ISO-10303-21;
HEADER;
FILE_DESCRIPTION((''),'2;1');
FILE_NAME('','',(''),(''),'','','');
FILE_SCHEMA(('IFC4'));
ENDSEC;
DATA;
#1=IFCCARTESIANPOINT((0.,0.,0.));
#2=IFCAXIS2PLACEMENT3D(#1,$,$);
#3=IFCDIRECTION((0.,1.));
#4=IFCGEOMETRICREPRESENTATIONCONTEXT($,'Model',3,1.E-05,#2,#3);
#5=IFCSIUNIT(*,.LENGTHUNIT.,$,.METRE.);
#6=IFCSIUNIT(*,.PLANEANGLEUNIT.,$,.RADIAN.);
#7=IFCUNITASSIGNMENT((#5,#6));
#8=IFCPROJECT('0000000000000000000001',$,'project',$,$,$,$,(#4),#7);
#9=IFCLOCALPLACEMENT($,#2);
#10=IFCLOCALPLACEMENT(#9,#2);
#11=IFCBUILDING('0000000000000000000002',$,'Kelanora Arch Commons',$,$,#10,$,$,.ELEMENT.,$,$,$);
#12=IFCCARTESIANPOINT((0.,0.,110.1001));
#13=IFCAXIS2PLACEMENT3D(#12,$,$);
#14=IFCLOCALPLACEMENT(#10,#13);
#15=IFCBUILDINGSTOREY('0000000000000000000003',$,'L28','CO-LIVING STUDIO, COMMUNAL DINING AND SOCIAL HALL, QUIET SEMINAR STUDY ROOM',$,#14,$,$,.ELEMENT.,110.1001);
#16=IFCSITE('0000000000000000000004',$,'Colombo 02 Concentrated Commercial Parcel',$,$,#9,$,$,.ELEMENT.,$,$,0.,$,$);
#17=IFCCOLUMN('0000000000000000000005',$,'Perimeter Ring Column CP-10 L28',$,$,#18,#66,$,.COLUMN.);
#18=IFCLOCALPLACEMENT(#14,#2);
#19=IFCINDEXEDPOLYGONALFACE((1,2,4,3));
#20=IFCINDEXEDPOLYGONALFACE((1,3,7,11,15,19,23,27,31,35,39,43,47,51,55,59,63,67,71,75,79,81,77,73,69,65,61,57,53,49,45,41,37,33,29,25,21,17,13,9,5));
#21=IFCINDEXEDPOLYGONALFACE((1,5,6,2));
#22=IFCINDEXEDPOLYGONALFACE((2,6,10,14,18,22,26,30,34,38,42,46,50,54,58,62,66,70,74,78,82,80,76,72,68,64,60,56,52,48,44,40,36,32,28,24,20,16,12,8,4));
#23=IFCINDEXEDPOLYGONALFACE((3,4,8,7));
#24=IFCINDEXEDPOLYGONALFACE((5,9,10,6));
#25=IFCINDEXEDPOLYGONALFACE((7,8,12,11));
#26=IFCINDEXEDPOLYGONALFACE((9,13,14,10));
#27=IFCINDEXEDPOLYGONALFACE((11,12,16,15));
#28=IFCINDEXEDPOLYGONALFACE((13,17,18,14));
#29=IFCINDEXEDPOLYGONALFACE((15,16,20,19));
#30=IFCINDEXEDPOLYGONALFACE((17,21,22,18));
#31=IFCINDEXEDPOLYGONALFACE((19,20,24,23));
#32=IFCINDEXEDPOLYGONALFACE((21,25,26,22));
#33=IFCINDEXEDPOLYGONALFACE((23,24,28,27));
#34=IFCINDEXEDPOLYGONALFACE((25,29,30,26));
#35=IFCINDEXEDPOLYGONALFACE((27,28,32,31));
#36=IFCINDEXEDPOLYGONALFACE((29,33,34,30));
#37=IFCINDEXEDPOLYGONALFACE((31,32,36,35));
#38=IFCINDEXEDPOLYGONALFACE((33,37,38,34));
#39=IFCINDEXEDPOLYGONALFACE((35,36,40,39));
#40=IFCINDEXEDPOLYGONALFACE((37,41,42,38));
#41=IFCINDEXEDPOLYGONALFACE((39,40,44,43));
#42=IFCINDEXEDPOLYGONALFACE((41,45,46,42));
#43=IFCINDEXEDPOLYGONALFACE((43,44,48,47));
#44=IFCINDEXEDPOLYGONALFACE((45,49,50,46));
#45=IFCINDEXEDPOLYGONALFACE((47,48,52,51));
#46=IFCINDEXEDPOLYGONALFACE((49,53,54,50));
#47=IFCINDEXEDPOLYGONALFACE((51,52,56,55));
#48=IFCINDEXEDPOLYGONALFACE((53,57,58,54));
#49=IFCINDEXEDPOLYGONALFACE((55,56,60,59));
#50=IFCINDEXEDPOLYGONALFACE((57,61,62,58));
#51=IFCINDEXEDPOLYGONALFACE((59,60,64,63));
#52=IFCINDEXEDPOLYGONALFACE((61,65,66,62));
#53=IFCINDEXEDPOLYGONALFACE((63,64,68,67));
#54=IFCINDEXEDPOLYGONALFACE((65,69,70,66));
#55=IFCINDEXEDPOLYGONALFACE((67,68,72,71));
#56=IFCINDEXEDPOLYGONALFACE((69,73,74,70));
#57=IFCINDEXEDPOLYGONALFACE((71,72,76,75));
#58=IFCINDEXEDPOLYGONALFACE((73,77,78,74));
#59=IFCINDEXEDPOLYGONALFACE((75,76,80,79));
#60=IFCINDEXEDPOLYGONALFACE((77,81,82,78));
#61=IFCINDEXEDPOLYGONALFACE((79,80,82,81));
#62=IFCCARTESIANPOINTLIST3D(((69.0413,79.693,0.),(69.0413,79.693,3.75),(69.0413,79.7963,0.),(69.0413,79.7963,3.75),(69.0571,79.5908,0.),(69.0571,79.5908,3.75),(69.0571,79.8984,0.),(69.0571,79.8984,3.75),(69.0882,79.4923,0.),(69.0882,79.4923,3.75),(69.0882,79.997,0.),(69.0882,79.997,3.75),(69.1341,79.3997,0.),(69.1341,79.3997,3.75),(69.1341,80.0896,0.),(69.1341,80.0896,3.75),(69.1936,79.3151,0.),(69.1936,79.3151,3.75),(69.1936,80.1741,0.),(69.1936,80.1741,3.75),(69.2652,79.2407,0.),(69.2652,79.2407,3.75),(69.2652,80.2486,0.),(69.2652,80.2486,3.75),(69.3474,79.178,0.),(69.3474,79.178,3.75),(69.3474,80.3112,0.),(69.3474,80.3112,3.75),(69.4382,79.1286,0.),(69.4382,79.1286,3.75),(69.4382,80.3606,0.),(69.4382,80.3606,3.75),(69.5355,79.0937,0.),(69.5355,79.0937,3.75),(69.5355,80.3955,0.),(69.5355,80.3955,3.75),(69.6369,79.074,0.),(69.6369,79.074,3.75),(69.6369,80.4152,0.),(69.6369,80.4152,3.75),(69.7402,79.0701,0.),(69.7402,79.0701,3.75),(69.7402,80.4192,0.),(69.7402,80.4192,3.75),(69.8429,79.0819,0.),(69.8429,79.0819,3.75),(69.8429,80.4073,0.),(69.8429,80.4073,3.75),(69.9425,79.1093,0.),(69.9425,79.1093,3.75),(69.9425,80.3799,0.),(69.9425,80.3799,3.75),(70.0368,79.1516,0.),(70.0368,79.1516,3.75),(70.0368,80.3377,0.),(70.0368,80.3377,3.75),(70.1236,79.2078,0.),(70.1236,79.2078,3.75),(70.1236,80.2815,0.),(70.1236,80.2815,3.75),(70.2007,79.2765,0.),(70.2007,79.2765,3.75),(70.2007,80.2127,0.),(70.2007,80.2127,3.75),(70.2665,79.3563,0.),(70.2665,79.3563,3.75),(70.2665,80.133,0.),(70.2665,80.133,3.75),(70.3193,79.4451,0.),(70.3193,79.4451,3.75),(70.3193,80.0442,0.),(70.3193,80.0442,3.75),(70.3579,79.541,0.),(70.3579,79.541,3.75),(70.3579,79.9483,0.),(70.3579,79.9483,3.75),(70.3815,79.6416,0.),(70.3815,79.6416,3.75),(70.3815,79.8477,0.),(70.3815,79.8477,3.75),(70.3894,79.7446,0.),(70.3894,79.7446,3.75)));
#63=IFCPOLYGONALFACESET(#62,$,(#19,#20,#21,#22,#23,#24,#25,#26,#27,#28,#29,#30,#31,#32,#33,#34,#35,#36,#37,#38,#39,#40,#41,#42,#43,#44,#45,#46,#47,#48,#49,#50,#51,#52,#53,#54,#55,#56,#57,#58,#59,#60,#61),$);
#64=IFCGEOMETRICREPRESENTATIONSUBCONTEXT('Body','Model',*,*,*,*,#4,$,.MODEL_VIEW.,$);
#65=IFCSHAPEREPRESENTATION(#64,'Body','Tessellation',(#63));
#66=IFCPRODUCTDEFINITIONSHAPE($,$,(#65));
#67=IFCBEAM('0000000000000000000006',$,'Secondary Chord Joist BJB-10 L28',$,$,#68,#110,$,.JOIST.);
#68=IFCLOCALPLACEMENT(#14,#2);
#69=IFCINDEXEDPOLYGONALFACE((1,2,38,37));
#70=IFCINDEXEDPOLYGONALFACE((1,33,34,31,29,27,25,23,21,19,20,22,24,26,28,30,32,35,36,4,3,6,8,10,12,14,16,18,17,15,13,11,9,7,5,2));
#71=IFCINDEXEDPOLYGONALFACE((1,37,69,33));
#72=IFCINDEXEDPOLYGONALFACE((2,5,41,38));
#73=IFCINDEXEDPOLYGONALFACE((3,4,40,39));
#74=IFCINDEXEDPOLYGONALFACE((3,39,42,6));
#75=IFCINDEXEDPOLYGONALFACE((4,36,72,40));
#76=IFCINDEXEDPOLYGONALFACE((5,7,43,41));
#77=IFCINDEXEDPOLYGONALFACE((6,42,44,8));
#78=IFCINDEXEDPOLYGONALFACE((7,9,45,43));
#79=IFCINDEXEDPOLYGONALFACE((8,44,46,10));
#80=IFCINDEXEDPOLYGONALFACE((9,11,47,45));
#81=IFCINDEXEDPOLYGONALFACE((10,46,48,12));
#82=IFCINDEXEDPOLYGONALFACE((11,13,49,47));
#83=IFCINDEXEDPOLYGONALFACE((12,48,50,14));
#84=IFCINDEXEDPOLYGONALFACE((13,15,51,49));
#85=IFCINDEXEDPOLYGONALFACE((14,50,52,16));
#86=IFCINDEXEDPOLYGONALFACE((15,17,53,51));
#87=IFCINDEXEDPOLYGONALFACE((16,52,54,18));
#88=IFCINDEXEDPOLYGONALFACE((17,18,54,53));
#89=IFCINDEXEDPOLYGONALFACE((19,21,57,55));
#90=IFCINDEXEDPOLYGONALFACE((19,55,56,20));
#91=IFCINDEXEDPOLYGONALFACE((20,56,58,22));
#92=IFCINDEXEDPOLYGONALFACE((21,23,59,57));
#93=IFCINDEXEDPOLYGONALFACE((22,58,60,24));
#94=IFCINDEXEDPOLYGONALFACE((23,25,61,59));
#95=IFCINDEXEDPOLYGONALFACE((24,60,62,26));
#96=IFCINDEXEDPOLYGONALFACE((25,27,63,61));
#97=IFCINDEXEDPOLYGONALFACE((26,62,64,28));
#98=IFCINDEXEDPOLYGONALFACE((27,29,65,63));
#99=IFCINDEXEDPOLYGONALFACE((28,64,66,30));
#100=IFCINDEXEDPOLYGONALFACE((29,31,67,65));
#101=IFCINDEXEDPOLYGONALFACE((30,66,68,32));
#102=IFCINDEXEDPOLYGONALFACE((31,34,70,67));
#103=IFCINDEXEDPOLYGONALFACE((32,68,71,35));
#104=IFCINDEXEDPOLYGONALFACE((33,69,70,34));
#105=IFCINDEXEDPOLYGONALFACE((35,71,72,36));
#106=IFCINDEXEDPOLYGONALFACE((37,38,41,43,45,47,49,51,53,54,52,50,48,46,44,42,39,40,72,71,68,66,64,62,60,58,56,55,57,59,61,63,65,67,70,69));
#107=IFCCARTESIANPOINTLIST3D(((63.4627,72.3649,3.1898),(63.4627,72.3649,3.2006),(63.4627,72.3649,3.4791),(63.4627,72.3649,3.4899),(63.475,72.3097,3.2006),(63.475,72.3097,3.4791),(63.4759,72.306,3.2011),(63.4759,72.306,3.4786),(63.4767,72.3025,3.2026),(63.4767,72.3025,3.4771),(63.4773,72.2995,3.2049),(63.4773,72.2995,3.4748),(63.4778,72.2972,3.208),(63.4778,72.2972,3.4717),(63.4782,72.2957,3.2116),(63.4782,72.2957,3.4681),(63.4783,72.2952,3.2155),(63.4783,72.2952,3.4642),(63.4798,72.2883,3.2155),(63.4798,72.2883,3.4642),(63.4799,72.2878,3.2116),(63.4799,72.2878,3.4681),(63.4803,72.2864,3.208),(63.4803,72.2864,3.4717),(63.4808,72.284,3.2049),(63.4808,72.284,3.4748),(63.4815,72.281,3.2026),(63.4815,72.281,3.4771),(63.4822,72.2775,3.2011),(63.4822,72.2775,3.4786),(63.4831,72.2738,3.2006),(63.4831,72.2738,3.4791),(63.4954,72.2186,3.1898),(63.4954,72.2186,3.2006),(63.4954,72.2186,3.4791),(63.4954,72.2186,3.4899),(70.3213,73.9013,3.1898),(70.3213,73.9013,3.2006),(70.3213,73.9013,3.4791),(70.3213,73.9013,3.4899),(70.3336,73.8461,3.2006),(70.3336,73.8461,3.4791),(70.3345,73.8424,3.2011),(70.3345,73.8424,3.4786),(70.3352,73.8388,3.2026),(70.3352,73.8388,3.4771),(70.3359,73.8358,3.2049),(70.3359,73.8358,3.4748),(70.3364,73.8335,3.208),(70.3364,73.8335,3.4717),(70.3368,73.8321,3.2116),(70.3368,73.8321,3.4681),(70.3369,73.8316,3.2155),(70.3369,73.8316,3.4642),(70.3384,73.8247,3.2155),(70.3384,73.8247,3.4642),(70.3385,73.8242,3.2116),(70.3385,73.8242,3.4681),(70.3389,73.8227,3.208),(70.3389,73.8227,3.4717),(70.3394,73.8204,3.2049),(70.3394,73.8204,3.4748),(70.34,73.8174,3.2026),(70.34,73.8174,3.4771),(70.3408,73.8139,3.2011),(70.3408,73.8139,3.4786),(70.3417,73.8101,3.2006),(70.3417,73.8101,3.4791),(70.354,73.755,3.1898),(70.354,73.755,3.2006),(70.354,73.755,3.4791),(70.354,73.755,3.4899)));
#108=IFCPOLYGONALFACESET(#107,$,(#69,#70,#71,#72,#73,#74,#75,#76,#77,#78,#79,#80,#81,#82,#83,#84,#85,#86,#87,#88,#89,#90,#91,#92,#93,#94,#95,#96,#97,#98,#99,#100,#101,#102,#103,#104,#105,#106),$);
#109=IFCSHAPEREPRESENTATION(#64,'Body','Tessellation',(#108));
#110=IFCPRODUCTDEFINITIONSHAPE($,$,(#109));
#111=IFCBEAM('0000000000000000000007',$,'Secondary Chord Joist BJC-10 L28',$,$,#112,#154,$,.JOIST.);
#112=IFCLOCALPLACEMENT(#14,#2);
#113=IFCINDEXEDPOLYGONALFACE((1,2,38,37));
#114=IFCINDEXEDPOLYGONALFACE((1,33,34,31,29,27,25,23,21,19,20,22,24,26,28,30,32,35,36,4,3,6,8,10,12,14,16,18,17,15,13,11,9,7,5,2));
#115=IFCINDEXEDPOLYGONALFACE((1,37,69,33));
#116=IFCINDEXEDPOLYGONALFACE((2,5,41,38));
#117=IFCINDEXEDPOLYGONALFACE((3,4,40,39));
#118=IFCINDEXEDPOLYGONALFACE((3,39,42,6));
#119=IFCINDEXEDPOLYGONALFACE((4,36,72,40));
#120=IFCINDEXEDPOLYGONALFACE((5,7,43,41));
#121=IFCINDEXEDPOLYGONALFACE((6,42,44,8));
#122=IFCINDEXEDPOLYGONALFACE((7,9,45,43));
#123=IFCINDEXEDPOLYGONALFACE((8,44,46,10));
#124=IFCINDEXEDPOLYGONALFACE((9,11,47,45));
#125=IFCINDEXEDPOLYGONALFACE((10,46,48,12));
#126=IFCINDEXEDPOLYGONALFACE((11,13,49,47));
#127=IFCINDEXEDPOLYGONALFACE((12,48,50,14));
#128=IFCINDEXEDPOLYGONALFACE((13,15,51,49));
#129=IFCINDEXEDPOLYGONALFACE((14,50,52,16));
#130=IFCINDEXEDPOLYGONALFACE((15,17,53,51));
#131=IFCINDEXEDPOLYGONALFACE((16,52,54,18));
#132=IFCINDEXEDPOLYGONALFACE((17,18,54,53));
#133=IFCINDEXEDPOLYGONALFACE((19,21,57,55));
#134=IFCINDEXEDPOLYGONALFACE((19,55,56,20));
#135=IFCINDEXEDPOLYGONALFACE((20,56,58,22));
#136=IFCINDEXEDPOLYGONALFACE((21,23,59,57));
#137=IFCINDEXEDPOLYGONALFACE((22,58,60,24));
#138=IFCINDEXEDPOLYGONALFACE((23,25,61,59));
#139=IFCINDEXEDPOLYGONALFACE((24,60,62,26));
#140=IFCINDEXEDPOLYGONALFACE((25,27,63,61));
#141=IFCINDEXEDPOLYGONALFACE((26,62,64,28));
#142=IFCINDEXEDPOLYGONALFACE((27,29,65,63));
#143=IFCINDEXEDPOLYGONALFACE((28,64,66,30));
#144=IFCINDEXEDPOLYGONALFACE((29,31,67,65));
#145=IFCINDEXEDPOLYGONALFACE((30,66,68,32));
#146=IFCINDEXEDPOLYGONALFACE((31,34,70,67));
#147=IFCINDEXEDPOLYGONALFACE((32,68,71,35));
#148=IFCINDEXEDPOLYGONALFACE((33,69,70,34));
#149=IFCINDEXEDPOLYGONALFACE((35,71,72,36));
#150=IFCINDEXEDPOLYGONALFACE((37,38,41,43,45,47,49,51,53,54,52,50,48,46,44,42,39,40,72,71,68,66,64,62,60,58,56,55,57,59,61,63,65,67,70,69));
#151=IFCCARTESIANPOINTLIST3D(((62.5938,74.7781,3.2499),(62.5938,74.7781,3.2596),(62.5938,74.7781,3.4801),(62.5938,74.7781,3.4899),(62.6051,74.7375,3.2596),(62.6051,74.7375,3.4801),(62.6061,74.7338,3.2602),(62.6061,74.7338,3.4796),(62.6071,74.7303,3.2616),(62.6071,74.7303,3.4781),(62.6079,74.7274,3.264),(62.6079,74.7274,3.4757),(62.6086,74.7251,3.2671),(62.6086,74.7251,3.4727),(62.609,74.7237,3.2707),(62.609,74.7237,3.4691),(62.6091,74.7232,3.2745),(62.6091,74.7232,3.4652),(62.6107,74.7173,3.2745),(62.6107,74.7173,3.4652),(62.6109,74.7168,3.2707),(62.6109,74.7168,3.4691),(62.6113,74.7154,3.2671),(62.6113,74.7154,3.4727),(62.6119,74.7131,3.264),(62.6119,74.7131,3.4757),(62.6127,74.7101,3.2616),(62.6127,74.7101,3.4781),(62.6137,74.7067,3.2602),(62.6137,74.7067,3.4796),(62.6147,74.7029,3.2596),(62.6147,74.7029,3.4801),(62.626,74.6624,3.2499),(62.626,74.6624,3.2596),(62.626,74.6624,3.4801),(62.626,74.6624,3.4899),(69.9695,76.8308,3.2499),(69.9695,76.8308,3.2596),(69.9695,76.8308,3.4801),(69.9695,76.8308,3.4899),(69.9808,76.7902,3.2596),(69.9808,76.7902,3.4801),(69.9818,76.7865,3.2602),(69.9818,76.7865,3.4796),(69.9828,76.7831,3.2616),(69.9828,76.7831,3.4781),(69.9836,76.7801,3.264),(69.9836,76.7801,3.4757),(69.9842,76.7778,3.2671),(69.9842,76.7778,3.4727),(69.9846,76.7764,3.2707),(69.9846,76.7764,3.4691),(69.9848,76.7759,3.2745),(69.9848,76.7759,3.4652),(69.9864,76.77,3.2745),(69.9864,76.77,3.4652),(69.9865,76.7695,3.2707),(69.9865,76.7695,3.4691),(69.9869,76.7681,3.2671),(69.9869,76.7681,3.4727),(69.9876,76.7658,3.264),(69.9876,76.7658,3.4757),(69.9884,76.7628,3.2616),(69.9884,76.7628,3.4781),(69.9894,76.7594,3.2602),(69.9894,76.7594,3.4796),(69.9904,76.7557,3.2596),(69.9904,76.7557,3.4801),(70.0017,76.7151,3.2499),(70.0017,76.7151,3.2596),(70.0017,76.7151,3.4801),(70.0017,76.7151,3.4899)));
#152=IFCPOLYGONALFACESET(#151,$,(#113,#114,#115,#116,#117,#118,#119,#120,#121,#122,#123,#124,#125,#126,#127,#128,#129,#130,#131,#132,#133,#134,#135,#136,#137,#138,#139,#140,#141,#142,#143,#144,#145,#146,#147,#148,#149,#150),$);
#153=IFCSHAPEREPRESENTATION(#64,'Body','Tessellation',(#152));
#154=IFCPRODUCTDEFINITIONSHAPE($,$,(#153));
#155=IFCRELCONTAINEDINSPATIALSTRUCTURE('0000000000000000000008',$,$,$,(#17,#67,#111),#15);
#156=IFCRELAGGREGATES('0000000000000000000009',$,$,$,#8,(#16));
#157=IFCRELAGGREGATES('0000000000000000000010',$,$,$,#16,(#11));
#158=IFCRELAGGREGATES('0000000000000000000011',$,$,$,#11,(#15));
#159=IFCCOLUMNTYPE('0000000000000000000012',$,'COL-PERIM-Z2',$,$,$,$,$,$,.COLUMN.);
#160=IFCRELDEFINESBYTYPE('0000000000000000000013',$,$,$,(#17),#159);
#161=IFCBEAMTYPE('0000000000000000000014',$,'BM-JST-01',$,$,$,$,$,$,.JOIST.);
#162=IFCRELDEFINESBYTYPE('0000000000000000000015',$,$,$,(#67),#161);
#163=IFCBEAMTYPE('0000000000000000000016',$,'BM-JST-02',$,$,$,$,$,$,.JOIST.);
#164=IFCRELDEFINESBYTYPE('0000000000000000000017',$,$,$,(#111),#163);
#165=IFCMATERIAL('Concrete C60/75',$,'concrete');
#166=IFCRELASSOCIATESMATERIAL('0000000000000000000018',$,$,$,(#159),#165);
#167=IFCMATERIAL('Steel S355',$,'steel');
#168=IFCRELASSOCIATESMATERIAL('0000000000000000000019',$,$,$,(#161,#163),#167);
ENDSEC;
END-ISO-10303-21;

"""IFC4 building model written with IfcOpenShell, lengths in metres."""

from ifc_helpers import new_model, si_unit, direction, frame, origin, origin_2d, place, context, subcontext, project, spatial, circle, i_section, extrude, material, material_profile, profile_set, type_object, element, save


model = new_model("IFC4")

# Units and contexts
model_context = context("Model", 3, precision=1e-05, world=origin(), true_north=direction((0.0, 1.0)))
body_context = subcontext(model_context, "Body", "Model", "MODEL_VIEW")
ifc_project = project(units=[si_unit("LENGTHUNIT", "METRE"), si_unit("PLANEANGLEUNIT", "RADIAN")], contexts=[model_context])

# Site, building, storey
site_placement = place(None, origin())
site = spatial("IfcSite", under=ifc_project, at=site_placement, Name="Colombo 02 Concentrated Commercial Parcel", CompositionType="ELEMENT", RefElevation=0.0)
building_placement = place(site_placement, origin())
building = spatial("IfcBuilding", under=site, at=building_placement, Name="Kelanora Arch Commons", CompositionType="ELEMENT")
storey_placement = place(building_placement, frame((0.0, 0.0, 110.1001)))
storey = spatial("IfcBuildingStorey", under=building, at=storey_placement, Name="L28", Description="CO-LIVING STUDIO, COMMUNAL DINING AND SOCIAL HALL, QUIET SEMINAR STUDY ROOM", CompositionType="ELEMENT", Elevation=110.1001)

# Column
ifc_material_1 = material(Name="Concrete C60/75", Category="concrete")
ifc_material_profile_1 = material_profile(ifc_material_1, circle(Radius=0.675, at=origin_2d()), Name="RCC1350")
ifc_profile_set_1 = profile_set([ifc_material_profile_1], Name="Concrete C60/75")
column_type = type_object("IfcColumnType", Name="COL-PERIM-Z2", PredefinedType="COLUMN", material=ifc_profile_set_1)
column_placement = place(storey_placement, frame((69.7144, 79.7446, 0.0), z_axis=(0.0, 0.0, 1.0), x_axis=(1.0, 0.0, 0.0)))
element("IfcColumn", 1, at=column_placement, inside=storey, type_object=column_type, Name="Perimeter Ring Column CP-10 L28", PredefinedType="COLUMN", context=body_context, shape_type="SweptSolid", body=[
    extrude(circle(Radius=0.675, at=origin_2d()), origin(), (0.0, 0.0, 1.0), 3.75),
])

# Beams
ifc_material_2 = material(Name="Steel S355", Category="steel")
ifc_material_profile_2 = material_profile(ifc_material_2, i_section(OverallWidth=0.1499, OverallDepth=0.3, WebThickness=0.0071, FlangeThickness=0.0107, FilletRadius=0.0149, at=origin_2d()), Name="IPE300")
ifc_profile_set_2 = profile_set([ifc_material_profile_2], Name="Steel S355")
beam_type_1 = type_object("IfcBeamType", Name="BM-JST-01", PredefinedType="JOIST", material=ifc_profile_set_2)
beam_1_placement = place(storey_placement, frame((70.3376, 73.8281, 3.3398), z_axis=(-0.975817, -0.218589, 0.0), x_axis=(0.218589, -0.975817, 0.0)))
element("IfcBeam", 2, at=beam_1_placement, inside=storey, type_object=beam_type_1, Name="Secondary Chord Joist BJB-10 L28", PredefinedType="JOIST", context=body_context, shape_type="SweptSolid", body=[
    extrude(i_section(OverallWidth=0.1499, OverallDepth=0.3, WebThickness=0.0071, FlangeThickness=0.0107, FilletRadius=0.0149, at=origin_2d()), origin(), (0.0, 0.0, 1.0), 7.0286),
])
ifc_material_profile_3 = material_profile(ifc_material_2, i_section(OverallWidth=0.1201, OverallDepth=0.24, WebThickness=0.0061, FlangeThickness=0.0098, FilletRadius=0.0149, at=origin_2d()), Name="IPE240")
ifc_profile_set_3 = profile_set([ifc_material_profile_3], Name="Steel S355")
beam_type_2 = type_object("IfcBeamType", Name="BM-JST-02", PredefinedType="JOIST", material=ifc_profile_set_3)
beam_2_placement = place(storey_placement, frame((69.9856, 76.7729, 3.3699), z_axis=(-0.963386, -0.268119, 0.0), x_axis=(0.268119, -0.963386, 0.0)))
element("IfcBeam", 3, at=beam_2_placement, inside=storey, type_object=beam_type_2, Name="Secondary Chord Joist BJC-10 L28", PredefinedType="JOIST", context=body_context, shape_type="SweptSolid", body=[
    extrude(i_section(OverallWidth=0.1201, OverallDepth=0.24, WebThickness=0.0061, FlangeThickness=0.0098, FilletRadius=0.0149, at=origin_2d()), origin(), (0.0, 0.0, 1.0), 7.656),
])

save(model, "model.ifc")
